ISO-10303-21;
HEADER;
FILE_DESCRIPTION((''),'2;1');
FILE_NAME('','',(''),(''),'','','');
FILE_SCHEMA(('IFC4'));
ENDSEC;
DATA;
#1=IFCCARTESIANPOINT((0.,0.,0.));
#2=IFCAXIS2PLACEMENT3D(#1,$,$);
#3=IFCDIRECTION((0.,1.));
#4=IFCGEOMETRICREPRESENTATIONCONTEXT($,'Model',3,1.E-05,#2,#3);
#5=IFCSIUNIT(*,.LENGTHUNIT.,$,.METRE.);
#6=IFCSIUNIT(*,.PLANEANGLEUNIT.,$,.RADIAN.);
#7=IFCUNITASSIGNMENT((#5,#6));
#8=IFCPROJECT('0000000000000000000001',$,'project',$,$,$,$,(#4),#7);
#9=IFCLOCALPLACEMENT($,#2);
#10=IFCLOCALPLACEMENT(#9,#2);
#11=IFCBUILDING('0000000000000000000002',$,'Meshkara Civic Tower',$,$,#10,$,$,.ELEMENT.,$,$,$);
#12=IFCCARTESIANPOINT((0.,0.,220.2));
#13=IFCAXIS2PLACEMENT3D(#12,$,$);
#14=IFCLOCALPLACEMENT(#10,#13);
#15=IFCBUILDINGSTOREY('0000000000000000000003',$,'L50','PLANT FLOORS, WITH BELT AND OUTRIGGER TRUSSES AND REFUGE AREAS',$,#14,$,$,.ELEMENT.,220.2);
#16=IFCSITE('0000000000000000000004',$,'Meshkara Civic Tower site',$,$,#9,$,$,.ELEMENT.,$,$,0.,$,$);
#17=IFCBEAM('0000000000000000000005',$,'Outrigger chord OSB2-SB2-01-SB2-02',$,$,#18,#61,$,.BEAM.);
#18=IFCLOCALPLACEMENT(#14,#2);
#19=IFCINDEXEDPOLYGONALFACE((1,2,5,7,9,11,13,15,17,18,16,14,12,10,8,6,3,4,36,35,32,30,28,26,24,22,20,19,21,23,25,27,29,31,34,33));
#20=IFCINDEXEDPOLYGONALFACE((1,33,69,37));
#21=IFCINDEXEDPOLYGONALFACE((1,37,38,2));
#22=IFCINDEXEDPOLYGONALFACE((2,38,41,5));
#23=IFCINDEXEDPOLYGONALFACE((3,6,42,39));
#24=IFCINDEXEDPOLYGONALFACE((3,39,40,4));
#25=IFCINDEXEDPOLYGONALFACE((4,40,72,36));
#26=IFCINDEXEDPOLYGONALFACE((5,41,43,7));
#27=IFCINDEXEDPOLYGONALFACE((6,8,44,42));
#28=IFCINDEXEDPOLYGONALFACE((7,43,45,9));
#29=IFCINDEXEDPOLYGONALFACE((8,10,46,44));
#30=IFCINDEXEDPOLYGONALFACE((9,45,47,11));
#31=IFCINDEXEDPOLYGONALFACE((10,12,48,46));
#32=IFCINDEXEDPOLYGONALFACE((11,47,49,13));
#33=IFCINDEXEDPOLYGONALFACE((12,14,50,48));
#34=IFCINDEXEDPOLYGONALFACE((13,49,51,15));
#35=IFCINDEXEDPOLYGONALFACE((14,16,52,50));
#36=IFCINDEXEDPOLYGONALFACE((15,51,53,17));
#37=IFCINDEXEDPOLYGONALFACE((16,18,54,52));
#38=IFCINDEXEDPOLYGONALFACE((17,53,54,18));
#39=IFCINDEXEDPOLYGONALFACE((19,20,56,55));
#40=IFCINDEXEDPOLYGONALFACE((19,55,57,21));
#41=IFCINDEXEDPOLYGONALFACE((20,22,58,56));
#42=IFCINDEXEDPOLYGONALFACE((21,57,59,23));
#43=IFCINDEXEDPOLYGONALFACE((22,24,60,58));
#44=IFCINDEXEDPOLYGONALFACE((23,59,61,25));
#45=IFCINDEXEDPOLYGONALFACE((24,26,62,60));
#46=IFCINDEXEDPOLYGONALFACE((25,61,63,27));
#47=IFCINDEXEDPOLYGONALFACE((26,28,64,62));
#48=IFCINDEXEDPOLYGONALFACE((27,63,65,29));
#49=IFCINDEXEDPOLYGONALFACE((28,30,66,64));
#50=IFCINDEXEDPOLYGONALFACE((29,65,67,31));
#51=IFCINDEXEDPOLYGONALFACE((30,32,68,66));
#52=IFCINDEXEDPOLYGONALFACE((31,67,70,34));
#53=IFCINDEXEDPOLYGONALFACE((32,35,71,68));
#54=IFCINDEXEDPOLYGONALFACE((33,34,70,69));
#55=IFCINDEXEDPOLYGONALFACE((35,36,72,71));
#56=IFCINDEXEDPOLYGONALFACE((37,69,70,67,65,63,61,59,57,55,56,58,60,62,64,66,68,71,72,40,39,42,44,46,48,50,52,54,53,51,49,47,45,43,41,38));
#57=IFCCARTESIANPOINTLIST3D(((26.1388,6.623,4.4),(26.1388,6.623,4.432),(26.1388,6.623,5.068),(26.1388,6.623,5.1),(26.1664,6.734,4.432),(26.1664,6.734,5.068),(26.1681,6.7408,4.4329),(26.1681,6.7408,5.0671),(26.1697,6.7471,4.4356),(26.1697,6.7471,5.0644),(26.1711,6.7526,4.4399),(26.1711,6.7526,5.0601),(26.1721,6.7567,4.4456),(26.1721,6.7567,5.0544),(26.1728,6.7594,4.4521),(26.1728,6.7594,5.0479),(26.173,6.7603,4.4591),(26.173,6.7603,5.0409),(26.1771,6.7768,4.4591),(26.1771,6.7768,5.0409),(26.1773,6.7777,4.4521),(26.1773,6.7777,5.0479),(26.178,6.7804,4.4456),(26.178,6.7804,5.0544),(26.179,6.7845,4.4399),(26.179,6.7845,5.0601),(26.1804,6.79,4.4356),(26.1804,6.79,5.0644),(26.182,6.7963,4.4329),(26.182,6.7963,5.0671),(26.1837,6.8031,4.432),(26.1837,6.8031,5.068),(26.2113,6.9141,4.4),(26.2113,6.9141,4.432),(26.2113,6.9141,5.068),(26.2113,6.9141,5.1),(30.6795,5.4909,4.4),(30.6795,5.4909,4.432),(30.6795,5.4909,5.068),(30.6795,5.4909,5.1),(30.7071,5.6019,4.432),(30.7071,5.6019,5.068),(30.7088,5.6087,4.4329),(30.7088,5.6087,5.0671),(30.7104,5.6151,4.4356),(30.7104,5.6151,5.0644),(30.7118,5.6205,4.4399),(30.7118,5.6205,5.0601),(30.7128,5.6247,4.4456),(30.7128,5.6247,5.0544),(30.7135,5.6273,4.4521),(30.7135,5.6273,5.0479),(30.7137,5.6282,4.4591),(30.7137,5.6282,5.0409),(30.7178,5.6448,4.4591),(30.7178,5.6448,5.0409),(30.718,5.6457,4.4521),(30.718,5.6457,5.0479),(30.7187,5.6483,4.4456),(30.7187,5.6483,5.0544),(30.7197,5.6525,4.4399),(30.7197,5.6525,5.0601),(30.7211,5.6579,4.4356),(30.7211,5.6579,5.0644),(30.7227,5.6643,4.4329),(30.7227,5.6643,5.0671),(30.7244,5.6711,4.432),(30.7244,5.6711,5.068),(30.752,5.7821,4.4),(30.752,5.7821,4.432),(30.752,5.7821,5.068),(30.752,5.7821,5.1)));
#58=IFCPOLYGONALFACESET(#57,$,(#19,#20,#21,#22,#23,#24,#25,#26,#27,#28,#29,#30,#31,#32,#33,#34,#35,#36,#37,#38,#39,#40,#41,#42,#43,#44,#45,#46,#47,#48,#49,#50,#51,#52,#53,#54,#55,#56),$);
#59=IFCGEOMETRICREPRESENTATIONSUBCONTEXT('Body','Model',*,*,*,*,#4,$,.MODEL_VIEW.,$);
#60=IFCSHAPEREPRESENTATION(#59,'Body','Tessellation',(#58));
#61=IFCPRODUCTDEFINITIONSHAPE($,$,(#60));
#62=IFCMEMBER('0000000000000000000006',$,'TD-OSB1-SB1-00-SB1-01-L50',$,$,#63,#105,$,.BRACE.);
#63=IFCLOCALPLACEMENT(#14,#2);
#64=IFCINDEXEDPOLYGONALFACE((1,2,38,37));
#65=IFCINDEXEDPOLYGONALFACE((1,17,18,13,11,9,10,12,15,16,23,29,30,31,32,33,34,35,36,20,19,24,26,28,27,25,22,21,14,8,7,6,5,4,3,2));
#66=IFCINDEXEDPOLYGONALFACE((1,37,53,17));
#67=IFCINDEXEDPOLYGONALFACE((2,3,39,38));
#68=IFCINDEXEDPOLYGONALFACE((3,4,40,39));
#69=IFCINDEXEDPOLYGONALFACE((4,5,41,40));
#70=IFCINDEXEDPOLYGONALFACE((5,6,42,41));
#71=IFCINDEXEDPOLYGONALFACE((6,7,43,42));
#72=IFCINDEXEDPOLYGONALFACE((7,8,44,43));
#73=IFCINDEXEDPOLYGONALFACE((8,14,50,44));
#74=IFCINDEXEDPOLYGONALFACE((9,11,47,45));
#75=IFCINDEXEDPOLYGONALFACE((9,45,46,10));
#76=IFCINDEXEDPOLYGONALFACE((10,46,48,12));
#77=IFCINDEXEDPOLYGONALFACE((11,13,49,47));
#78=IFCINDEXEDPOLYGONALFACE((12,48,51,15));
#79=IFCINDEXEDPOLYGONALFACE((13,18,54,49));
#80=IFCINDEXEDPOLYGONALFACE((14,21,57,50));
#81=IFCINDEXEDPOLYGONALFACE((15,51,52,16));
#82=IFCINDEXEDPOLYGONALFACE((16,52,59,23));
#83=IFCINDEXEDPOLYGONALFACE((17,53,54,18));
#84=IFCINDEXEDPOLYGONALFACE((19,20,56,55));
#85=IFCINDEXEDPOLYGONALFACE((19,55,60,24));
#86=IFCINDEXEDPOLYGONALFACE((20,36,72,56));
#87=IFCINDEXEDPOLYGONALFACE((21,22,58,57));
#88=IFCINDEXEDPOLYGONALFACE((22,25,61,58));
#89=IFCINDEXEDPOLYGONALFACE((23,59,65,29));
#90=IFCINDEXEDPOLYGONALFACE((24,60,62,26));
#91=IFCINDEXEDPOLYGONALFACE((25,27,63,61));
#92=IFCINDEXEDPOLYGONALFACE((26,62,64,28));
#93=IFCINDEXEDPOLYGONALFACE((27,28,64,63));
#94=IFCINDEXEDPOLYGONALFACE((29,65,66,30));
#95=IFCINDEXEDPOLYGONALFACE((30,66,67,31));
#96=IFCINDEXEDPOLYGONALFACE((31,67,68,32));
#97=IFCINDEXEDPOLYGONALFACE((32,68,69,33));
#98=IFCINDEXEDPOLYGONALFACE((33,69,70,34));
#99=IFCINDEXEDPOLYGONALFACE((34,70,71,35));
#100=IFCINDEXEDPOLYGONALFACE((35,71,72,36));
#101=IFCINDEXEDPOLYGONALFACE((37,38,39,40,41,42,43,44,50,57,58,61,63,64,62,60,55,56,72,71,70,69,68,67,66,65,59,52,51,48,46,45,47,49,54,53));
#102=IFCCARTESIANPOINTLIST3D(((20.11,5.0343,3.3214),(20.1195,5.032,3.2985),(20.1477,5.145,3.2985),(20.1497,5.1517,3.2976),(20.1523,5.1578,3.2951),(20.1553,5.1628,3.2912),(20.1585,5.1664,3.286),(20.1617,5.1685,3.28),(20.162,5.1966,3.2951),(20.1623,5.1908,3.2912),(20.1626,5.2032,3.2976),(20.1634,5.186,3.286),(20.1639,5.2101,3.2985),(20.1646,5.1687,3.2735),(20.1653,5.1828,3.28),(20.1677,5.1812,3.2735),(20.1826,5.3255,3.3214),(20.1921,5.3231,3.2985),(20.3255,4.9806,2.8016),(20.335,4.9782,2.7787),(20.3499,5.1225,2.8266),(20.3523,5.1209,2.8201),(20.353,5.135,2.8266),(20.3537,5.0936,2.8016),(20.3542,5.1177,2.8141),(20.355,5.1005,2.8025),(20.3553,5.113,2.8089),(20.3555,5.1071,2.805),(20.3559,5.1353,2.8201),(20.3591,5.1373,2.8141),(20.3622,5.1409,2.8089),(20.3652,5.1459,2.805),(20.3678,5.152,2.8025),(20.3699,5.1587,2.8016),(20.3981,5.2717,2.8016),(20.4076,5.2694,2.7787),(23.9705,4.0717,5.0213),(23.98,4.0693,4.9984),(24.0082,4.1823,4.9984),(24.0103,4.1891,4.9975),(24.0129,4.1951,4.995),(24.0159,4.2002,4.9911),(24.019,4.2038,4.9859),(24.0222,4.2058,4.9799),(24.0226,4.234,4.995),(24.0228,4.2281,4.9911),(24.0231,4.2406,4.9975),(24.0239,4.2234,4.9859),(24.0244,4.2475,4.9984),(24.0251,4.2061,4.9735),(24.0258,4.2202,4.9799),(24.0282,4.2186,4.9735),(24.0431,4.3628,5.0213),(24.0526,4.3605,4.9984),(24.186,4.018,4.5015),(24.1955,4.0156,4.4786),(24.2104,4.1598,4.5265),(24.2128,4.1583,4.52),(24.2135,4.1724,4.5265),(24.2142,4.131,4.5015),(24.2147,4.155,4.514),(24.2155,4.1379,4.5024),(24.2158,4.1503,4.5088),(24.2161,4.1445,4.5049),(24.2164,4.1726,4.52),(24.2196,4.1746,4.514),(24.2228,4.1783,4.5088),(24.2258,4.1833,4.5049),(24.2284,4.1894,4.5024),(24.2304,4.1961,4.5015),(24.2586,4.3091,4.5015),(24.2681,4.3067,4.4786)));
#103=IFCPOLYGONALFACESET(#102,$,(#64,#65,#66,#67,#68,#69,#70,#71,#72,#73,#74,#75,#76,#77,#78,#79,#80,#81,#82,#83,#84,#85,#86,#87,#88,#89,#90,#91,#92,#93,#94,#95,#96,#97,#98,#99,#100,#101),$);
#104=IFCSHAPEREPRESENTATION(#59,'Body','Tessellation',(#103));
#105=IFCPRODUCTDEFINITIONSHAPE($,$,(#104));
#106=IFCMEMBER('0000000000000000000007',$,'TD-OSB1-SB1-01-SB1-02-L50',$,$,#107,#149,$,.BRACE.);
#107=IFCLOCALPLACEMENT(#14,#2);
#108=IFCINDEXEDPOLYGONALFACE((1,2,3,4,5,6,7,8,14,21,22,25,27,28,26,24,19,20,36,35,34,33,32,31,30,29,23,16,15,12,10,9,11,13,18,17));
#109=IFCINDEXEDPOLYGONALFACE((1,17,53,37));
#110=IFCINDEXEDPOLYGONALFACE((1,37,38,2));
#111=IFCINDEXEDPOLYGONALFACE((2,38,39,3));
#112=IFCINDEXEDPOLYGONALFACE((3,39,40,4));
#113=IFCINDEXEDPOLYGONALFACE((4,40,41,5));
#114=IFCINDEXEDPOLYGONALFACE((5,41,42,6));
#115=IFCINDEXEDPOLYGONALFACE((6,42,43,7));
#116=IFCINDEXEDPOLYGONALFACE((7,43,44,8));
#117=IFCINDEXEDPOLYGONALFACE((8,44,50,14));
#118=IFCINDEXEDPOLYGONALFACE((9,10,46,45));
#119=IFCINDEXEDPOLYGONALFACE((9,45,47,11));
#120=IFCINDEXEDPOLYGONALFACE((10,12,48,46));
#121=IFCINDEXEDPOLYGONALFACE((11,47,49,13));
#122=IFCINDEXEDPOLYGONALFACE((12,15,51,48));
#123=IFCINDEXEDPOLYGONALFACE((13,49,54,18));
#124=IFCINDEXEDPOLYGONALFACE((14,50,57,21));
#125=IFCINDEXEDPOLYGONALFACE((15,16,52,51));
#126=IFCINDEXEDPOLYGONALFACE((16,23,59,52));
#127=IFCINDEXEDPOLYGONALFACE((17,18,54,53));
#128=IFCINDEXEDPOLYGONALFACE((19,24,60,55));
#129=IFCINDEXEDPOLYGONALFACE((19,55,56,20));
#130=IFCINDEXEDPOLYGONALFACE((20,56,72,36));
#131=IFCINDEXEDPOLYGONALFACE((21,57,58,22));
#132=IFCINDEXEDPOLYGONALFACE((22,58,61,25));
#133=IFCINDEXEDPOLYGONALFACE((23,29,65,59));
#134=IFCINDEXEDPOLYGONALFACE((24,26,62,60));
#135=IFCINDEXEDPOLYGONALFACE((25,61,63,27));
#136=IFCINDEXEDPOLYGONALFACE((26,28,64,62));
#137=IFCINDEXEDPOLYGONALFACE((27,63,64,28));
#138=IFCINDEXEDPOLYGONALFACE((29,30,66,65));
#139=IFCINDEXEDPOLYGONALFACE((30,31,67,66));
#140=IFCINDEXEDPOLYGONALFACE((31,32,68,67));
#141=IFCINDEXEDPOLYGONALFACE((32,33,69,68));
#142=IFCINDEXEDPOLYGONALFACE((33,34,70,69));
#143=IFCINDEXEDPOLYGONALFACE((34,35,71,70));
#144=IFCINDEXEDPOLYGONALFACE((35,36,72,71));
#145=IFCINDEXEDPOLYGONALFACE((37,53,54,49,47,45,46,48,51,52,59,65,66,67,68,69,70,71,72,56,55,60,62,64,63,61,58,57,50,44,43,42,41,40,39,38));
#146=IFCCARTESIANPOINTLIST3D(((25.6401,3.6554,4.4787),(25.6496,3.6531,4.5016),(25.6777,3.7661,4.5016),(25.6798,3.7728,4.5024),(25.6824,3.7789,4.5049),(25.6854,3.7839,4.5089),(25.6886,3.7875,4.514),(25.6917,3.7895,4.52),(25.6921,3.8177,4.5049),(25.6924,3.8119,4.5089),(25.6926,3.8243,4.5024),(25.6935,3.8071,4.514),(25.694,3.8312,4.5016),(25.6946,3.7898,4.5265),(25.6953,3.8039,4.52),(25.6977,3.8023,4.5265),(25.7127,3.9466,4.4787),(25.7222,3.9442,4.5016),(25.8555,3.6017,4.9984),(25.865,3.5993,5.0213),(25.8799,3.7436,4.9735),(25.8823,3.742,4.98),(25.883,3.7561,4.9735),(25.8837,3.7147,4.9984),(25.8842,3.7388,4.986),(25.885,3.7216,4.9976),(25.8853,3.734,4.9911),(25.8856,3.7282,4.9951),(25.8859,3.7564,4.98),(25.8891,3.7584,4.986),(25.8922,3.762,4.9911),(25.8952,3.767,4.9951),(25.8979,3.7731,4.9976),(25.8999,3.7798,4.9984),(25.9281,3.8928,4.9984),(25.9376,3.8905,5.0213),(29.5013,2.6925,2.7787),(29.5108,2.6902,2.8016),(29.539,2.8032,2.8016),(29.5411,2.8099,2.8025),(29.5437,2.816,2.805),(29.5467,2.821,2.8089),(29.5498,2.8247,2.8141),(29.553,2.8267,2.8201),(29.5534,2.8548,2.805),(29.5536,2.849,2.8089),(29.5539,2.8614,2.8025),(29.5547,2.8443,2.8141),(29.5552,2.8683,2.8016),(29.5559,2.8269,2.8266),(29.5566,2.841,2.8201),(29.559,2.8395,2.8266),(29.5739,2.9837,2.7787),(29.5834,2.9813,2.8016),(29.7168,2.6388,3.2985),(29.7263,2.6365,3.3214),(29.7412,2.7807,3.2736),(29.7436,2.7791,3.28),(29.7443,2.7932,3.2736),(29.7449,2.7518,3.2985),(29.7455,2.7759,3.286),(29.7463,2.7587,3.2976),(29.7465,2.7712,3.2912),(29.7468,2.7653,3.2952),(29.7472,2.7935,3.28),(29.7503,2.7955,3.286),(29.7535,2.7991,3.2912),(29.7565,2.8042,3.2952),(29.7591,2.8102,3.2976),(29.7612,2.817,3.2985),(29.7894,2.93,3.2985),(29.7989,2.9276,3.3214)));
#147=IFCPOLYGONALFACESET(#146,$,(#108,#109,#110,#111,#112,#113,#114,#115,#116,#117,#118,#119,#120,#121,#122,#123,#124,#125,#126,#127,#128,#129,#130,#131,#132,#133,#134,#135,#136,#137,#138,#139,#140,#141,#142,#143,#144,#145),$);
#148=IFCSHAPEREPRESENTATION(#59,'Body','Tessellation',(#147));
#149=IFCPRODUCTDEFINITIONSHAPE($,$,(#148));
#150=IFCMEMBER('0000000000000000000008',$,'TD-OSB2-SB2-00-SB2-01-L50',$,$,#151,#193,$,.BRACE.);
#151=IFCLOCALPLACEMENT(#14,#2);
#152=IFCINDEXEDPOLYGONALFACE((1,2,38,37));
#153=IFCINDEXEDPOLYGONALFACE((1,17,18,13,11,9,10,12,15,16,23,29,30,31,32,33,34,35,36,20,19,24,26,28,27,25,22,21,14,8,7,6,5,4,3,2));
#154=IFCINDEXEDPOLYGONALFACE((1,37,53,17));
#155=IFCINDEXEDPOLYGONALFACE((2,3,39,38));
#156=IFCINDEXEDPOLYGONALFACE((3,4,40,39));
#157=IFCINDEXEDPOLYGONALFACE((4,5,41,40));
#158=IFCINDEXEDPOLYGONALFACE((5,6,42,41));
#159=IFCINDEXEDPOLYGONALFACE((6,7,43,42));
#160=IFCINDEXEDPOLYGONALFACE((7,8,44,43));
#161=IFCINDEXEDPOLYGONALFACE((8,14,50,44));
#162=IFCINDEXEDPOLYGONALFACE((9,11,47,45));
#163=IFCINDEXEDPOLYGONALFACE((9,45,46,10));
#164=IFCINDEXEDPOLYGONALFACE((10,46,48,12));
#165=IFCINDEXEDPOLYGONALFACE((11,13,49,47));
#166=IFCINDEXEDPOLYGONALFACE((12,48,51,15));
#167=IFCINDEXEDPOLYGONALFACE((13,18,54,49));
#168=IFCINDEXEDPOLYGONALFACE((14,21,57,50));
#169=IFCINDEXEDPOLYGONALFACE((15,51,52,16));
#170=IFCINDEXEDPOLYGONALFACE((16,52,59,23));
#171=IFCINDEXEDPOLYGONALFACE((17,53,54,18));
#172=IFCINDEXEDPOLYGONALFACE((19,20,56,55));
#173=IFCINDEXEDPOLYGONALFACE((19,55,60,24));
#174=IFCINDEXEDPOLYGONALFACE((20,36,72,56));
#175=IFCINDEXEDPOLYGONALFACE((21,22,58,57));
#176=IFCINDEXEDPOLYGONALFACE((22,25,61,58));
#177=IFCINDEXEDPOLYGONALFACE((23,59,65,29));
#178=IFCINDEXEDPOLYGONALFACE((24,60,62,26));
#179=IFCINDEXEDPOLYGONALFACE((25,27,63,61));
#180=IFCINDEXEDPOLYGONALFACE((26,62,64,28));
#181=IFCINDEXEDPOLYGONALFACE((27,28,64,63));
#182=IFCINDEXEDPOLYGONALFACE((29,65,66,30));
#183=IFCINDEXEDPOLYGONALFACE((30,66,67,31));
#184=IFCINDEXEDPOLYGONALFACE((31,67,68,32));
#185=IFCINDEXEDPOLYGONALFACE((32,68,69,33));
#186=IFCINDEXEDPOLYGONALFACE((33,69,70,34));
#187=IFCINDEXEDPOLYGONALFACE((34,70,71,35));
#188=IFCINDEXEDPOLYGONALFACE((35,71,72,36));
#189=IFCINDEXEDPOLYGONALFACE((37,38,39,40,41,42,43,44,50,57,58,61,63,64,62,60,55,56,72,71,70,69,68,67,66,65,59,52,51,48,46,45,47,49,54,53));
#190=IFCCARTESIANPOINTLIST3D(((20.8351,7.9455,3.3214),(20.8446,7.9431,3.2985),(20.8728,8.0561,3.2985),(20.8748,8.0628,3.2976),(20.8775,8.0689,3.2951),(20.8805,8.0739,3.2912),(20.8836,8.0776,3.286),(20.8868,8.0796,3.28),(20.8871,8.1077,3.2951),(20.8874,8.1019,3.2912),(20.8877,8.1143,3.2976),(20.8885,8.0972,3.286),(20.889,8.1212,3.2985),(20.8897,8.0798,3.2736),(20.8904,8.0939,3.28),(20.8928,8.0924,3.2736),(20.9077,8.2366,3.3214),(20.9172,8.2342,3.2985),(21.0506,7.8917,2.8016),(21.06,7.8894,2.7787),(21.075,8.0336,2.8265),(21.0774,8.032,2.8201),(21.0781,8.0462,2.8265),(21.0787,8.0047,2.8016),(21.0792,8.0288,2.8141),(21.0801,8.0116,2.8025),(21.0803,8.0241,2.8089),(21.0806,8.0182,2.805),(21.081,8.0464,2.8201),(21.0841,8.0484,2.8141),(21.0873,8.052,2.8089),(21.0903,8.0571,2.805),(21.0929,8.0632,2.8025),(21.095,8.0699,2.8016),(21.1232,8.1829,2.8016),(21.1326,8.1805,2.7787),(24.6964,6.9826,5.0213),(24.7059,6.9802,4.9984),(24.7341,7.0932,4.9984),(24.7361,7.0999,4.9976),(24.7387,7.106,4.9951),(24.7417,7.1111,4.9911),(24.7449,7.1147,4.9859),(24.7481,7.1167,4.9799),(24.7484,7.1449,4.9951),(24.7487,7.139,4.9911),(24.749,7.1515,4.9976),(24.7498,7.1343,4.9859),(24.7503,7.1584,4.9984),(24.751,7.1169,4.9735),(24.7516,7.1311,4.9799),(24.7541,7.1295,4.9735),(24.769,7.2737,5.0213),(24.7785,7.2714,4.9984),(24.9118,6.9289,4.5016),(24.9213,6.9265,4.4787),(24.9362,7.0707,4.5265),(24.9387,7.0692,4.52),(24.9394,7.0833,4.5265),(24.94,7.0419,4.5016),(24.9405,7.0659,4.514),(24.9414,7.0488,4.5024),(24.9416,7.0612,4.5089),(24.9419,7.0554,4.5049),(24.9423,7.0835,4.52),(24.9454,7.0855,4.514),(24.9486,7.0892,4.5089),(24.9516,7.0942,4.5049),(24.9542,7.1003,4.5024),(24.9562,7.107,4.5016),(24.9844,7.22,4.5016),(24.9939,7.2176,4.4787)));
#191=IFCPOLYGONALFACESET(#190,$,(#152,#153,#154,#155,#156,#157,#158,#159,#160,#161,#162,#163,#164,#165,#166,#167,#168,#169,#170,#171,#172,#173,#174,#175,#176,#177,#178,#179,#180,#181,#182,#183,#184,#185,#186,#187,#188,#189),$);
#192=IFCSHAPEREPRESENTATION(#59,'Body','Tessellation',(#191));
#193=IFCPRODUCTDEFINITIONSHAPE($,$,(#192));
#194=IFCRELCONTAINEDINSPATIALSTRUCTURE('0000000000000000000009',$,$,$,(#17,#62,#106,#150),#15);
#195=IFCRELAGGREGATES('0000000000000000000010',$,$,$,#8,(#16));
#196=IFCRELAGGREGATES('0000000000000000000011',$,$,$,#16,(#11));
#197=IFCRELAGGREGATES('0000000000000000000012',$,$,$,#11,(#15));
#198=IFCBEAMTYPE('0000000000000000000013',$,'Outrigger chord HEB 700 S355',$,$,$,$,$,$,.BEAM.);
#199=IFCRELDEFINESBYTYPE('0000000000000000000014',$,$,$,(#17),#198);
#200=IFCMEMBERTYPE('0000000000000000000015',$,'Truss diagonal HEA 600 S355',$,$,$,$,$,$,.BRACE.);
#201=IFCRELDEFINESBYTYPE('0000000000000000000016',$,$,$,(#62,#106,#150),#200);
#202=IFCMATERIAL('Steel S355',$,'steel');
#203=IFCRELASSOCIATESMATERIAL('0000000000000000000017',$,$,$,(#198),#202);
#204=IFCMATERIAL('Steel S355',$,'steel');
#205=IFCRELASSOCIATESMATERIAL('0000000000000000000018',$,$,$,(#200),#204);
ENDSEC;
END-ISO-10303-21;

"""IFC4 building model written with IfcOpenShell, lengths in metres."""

from ifc_helpers import new_model, si_unit, direction, frame, origin, origin_2d, place, context, subcontext, project, spatial, i_section, extrude, material, material_profile, profile_set, type_object, element, save


model = new_model("IFC4")

# Units and contexts
model_context = context("Model", 3, precision=1e-05, world=origin(), true_north=direction((0.0, 1.0)))
body_context = subcontext(model_context, "Body", "Model", "MODEL_VIEW")
ifc_project = project(units=[si_unit("LENGTHUNIT", "METRE"), si_unit("PLANEANGLEUNIT", "RADIAN")], contexts=[model_context])

# Site, building, storey
site_placement = place(None, origin())
site = spatial("IfcSite", under=ifc_project, at=site_placement, Name="Meshkara Civic Tower site", CompositionType="ELEMENT", RefElevation=0.0)
building_placement = place(site_placement, origin())
building = spatial("IfcBuilding", under=site, at=building_placement, Name="Meshkara Civic Tower", CompositionType="ELEMENT")
storey_placement = place(building_placement, frame((0.0, 0.0, 220.2)))
storey = spatial("IfcBuildingStorey", under=building, at=storey_placement, Name="L50", Description="PLANT FLOORS, WITH BELT AND OUTRIGGER TRUSSES AND REFUGE AREAS", CompositionType="ELEMENT", Elevation=220.2)

# Beam
ifc_material_1 = material(Name="Steel S355", Category="steel")
ifc_material_profile_1 = material_profile(ifc_material_1, i_section(OverallWidth=0.3, OverallDepth=0.7, WebThickness=0.0171, FlangeThickness=0.032, FilletRadius=0.0271, at=origin_2d()))
ifc_profile_set_1 = profile_set([ifc_material_profile_1], Name="Steel S355")
beam_type_1 = type_object("IfcBeamType", Name="Outrigger chord HEB 700 S355", PredefinedType="BEAM", material=ifc_profile_set_1)
for number, where, z_axis, x_axis, name in (
    (1, (26.175, 6.7686, 4.75), (0.970299, -0.24191, 0.0), (0.24191, 0.970299, 0.0), "Outrigger chord OSB2-SB2-01-SB2-02"),
):
    element("IfcBeam", number, at=place(storey_placement, frame(where, z_axis=z_axis, x_axis=x_axis)), inside=storey, type_object=beam_type_1, Name=name, PredefinedType="BEAM", context=body_context, shape_type="SweptSolid", body=[
        extrude(i_section(OverallWidth=0.3, OverallDepth=0.7, WebThickness=0.0171, FlangeThickness=0.032, FilletRadius=0.0271, at=origin_2d()), origin(), (0.0, 0.0, 1.0), 4.6797),
    ])

# Members
ifc_material_2 = material(Name="Steel S355", Category="steel")
ifc_material_profile_2 = material_profile(ifc_material_2, i_section(OverallWidth=0.3, OverallDepth=0.5901, WebThickness=0.0129, FlangeThickness=0.0249, FilletRadius=0.0271, at=origin_2d()))
ifc_profile_set_2 = profile_set([ifc_material_profile_2], Name="Steel S355")
member_type_1 = type_object("IfcMemberType", Name="Truss diagonal HEA 600 S355", PredefinedType="BRACE", material=ifc_profile_set_2)
member_1_placement = place(storey_placement, frame((20.2588, 5.1519, 3.05), z_axis=(0.892263, -0.222487, 0.392894), x_axis=(0.241944, 0.97029, 0.0)))
element("IfcMember", 2, at=member_1_placement, inside=storey, type_object=member_type_1, Name="TD-OSB1-SB1-00-SB1-01-L50", PredefinedType="BRACE", context=body_context, shape_type="SweptSolid", body=[
    extrude(i_section(OverallWidth=0.3, OverallDepth=0.5901, WebThickness=0.0129, FlangeThickness=0.0249, FilletRadius=0.0271, at=origin_2d()), origin(), (0.0, 0.0, 1.0), 4.3267),
])
for number, where, z_axis, x_axis, name in (
    (3, (25.7888, 3.7729, 4.75), (0.892287, -0.222507, -0.39283), (0.241958, 0.970287, 0.0), "TD-OSB1-SB1-01-SB1-02-L50"),
    (4, (20.9839, 8.063, 3.05), (0.892287, -0.222507, 0.39283), (0.241958, 0.970287, 0.0), "TD-OSB2-SB2-00-SB2-01-L50"),
):
    element("IfcMember", number, at=place(storey_placement, frame(where, z_axis=z_axis, x_axis=x_axis)), inside=storey, type_object=member_type_1, Name=name, PredefinedType="BRACE", context=body_context, shape_type="SweptSolid", body=[
        extrude(i_section(OverallWidth=0.3, OverallDepth=0.5901, WebThickness=0.0129, FlangeThickness=0.0249, FilletRadius=0.0271, at=origin_2d()), origin(), (0.0, 0.0, 1.0), 4.3274),
    ])

save(model, "model.ifc")
